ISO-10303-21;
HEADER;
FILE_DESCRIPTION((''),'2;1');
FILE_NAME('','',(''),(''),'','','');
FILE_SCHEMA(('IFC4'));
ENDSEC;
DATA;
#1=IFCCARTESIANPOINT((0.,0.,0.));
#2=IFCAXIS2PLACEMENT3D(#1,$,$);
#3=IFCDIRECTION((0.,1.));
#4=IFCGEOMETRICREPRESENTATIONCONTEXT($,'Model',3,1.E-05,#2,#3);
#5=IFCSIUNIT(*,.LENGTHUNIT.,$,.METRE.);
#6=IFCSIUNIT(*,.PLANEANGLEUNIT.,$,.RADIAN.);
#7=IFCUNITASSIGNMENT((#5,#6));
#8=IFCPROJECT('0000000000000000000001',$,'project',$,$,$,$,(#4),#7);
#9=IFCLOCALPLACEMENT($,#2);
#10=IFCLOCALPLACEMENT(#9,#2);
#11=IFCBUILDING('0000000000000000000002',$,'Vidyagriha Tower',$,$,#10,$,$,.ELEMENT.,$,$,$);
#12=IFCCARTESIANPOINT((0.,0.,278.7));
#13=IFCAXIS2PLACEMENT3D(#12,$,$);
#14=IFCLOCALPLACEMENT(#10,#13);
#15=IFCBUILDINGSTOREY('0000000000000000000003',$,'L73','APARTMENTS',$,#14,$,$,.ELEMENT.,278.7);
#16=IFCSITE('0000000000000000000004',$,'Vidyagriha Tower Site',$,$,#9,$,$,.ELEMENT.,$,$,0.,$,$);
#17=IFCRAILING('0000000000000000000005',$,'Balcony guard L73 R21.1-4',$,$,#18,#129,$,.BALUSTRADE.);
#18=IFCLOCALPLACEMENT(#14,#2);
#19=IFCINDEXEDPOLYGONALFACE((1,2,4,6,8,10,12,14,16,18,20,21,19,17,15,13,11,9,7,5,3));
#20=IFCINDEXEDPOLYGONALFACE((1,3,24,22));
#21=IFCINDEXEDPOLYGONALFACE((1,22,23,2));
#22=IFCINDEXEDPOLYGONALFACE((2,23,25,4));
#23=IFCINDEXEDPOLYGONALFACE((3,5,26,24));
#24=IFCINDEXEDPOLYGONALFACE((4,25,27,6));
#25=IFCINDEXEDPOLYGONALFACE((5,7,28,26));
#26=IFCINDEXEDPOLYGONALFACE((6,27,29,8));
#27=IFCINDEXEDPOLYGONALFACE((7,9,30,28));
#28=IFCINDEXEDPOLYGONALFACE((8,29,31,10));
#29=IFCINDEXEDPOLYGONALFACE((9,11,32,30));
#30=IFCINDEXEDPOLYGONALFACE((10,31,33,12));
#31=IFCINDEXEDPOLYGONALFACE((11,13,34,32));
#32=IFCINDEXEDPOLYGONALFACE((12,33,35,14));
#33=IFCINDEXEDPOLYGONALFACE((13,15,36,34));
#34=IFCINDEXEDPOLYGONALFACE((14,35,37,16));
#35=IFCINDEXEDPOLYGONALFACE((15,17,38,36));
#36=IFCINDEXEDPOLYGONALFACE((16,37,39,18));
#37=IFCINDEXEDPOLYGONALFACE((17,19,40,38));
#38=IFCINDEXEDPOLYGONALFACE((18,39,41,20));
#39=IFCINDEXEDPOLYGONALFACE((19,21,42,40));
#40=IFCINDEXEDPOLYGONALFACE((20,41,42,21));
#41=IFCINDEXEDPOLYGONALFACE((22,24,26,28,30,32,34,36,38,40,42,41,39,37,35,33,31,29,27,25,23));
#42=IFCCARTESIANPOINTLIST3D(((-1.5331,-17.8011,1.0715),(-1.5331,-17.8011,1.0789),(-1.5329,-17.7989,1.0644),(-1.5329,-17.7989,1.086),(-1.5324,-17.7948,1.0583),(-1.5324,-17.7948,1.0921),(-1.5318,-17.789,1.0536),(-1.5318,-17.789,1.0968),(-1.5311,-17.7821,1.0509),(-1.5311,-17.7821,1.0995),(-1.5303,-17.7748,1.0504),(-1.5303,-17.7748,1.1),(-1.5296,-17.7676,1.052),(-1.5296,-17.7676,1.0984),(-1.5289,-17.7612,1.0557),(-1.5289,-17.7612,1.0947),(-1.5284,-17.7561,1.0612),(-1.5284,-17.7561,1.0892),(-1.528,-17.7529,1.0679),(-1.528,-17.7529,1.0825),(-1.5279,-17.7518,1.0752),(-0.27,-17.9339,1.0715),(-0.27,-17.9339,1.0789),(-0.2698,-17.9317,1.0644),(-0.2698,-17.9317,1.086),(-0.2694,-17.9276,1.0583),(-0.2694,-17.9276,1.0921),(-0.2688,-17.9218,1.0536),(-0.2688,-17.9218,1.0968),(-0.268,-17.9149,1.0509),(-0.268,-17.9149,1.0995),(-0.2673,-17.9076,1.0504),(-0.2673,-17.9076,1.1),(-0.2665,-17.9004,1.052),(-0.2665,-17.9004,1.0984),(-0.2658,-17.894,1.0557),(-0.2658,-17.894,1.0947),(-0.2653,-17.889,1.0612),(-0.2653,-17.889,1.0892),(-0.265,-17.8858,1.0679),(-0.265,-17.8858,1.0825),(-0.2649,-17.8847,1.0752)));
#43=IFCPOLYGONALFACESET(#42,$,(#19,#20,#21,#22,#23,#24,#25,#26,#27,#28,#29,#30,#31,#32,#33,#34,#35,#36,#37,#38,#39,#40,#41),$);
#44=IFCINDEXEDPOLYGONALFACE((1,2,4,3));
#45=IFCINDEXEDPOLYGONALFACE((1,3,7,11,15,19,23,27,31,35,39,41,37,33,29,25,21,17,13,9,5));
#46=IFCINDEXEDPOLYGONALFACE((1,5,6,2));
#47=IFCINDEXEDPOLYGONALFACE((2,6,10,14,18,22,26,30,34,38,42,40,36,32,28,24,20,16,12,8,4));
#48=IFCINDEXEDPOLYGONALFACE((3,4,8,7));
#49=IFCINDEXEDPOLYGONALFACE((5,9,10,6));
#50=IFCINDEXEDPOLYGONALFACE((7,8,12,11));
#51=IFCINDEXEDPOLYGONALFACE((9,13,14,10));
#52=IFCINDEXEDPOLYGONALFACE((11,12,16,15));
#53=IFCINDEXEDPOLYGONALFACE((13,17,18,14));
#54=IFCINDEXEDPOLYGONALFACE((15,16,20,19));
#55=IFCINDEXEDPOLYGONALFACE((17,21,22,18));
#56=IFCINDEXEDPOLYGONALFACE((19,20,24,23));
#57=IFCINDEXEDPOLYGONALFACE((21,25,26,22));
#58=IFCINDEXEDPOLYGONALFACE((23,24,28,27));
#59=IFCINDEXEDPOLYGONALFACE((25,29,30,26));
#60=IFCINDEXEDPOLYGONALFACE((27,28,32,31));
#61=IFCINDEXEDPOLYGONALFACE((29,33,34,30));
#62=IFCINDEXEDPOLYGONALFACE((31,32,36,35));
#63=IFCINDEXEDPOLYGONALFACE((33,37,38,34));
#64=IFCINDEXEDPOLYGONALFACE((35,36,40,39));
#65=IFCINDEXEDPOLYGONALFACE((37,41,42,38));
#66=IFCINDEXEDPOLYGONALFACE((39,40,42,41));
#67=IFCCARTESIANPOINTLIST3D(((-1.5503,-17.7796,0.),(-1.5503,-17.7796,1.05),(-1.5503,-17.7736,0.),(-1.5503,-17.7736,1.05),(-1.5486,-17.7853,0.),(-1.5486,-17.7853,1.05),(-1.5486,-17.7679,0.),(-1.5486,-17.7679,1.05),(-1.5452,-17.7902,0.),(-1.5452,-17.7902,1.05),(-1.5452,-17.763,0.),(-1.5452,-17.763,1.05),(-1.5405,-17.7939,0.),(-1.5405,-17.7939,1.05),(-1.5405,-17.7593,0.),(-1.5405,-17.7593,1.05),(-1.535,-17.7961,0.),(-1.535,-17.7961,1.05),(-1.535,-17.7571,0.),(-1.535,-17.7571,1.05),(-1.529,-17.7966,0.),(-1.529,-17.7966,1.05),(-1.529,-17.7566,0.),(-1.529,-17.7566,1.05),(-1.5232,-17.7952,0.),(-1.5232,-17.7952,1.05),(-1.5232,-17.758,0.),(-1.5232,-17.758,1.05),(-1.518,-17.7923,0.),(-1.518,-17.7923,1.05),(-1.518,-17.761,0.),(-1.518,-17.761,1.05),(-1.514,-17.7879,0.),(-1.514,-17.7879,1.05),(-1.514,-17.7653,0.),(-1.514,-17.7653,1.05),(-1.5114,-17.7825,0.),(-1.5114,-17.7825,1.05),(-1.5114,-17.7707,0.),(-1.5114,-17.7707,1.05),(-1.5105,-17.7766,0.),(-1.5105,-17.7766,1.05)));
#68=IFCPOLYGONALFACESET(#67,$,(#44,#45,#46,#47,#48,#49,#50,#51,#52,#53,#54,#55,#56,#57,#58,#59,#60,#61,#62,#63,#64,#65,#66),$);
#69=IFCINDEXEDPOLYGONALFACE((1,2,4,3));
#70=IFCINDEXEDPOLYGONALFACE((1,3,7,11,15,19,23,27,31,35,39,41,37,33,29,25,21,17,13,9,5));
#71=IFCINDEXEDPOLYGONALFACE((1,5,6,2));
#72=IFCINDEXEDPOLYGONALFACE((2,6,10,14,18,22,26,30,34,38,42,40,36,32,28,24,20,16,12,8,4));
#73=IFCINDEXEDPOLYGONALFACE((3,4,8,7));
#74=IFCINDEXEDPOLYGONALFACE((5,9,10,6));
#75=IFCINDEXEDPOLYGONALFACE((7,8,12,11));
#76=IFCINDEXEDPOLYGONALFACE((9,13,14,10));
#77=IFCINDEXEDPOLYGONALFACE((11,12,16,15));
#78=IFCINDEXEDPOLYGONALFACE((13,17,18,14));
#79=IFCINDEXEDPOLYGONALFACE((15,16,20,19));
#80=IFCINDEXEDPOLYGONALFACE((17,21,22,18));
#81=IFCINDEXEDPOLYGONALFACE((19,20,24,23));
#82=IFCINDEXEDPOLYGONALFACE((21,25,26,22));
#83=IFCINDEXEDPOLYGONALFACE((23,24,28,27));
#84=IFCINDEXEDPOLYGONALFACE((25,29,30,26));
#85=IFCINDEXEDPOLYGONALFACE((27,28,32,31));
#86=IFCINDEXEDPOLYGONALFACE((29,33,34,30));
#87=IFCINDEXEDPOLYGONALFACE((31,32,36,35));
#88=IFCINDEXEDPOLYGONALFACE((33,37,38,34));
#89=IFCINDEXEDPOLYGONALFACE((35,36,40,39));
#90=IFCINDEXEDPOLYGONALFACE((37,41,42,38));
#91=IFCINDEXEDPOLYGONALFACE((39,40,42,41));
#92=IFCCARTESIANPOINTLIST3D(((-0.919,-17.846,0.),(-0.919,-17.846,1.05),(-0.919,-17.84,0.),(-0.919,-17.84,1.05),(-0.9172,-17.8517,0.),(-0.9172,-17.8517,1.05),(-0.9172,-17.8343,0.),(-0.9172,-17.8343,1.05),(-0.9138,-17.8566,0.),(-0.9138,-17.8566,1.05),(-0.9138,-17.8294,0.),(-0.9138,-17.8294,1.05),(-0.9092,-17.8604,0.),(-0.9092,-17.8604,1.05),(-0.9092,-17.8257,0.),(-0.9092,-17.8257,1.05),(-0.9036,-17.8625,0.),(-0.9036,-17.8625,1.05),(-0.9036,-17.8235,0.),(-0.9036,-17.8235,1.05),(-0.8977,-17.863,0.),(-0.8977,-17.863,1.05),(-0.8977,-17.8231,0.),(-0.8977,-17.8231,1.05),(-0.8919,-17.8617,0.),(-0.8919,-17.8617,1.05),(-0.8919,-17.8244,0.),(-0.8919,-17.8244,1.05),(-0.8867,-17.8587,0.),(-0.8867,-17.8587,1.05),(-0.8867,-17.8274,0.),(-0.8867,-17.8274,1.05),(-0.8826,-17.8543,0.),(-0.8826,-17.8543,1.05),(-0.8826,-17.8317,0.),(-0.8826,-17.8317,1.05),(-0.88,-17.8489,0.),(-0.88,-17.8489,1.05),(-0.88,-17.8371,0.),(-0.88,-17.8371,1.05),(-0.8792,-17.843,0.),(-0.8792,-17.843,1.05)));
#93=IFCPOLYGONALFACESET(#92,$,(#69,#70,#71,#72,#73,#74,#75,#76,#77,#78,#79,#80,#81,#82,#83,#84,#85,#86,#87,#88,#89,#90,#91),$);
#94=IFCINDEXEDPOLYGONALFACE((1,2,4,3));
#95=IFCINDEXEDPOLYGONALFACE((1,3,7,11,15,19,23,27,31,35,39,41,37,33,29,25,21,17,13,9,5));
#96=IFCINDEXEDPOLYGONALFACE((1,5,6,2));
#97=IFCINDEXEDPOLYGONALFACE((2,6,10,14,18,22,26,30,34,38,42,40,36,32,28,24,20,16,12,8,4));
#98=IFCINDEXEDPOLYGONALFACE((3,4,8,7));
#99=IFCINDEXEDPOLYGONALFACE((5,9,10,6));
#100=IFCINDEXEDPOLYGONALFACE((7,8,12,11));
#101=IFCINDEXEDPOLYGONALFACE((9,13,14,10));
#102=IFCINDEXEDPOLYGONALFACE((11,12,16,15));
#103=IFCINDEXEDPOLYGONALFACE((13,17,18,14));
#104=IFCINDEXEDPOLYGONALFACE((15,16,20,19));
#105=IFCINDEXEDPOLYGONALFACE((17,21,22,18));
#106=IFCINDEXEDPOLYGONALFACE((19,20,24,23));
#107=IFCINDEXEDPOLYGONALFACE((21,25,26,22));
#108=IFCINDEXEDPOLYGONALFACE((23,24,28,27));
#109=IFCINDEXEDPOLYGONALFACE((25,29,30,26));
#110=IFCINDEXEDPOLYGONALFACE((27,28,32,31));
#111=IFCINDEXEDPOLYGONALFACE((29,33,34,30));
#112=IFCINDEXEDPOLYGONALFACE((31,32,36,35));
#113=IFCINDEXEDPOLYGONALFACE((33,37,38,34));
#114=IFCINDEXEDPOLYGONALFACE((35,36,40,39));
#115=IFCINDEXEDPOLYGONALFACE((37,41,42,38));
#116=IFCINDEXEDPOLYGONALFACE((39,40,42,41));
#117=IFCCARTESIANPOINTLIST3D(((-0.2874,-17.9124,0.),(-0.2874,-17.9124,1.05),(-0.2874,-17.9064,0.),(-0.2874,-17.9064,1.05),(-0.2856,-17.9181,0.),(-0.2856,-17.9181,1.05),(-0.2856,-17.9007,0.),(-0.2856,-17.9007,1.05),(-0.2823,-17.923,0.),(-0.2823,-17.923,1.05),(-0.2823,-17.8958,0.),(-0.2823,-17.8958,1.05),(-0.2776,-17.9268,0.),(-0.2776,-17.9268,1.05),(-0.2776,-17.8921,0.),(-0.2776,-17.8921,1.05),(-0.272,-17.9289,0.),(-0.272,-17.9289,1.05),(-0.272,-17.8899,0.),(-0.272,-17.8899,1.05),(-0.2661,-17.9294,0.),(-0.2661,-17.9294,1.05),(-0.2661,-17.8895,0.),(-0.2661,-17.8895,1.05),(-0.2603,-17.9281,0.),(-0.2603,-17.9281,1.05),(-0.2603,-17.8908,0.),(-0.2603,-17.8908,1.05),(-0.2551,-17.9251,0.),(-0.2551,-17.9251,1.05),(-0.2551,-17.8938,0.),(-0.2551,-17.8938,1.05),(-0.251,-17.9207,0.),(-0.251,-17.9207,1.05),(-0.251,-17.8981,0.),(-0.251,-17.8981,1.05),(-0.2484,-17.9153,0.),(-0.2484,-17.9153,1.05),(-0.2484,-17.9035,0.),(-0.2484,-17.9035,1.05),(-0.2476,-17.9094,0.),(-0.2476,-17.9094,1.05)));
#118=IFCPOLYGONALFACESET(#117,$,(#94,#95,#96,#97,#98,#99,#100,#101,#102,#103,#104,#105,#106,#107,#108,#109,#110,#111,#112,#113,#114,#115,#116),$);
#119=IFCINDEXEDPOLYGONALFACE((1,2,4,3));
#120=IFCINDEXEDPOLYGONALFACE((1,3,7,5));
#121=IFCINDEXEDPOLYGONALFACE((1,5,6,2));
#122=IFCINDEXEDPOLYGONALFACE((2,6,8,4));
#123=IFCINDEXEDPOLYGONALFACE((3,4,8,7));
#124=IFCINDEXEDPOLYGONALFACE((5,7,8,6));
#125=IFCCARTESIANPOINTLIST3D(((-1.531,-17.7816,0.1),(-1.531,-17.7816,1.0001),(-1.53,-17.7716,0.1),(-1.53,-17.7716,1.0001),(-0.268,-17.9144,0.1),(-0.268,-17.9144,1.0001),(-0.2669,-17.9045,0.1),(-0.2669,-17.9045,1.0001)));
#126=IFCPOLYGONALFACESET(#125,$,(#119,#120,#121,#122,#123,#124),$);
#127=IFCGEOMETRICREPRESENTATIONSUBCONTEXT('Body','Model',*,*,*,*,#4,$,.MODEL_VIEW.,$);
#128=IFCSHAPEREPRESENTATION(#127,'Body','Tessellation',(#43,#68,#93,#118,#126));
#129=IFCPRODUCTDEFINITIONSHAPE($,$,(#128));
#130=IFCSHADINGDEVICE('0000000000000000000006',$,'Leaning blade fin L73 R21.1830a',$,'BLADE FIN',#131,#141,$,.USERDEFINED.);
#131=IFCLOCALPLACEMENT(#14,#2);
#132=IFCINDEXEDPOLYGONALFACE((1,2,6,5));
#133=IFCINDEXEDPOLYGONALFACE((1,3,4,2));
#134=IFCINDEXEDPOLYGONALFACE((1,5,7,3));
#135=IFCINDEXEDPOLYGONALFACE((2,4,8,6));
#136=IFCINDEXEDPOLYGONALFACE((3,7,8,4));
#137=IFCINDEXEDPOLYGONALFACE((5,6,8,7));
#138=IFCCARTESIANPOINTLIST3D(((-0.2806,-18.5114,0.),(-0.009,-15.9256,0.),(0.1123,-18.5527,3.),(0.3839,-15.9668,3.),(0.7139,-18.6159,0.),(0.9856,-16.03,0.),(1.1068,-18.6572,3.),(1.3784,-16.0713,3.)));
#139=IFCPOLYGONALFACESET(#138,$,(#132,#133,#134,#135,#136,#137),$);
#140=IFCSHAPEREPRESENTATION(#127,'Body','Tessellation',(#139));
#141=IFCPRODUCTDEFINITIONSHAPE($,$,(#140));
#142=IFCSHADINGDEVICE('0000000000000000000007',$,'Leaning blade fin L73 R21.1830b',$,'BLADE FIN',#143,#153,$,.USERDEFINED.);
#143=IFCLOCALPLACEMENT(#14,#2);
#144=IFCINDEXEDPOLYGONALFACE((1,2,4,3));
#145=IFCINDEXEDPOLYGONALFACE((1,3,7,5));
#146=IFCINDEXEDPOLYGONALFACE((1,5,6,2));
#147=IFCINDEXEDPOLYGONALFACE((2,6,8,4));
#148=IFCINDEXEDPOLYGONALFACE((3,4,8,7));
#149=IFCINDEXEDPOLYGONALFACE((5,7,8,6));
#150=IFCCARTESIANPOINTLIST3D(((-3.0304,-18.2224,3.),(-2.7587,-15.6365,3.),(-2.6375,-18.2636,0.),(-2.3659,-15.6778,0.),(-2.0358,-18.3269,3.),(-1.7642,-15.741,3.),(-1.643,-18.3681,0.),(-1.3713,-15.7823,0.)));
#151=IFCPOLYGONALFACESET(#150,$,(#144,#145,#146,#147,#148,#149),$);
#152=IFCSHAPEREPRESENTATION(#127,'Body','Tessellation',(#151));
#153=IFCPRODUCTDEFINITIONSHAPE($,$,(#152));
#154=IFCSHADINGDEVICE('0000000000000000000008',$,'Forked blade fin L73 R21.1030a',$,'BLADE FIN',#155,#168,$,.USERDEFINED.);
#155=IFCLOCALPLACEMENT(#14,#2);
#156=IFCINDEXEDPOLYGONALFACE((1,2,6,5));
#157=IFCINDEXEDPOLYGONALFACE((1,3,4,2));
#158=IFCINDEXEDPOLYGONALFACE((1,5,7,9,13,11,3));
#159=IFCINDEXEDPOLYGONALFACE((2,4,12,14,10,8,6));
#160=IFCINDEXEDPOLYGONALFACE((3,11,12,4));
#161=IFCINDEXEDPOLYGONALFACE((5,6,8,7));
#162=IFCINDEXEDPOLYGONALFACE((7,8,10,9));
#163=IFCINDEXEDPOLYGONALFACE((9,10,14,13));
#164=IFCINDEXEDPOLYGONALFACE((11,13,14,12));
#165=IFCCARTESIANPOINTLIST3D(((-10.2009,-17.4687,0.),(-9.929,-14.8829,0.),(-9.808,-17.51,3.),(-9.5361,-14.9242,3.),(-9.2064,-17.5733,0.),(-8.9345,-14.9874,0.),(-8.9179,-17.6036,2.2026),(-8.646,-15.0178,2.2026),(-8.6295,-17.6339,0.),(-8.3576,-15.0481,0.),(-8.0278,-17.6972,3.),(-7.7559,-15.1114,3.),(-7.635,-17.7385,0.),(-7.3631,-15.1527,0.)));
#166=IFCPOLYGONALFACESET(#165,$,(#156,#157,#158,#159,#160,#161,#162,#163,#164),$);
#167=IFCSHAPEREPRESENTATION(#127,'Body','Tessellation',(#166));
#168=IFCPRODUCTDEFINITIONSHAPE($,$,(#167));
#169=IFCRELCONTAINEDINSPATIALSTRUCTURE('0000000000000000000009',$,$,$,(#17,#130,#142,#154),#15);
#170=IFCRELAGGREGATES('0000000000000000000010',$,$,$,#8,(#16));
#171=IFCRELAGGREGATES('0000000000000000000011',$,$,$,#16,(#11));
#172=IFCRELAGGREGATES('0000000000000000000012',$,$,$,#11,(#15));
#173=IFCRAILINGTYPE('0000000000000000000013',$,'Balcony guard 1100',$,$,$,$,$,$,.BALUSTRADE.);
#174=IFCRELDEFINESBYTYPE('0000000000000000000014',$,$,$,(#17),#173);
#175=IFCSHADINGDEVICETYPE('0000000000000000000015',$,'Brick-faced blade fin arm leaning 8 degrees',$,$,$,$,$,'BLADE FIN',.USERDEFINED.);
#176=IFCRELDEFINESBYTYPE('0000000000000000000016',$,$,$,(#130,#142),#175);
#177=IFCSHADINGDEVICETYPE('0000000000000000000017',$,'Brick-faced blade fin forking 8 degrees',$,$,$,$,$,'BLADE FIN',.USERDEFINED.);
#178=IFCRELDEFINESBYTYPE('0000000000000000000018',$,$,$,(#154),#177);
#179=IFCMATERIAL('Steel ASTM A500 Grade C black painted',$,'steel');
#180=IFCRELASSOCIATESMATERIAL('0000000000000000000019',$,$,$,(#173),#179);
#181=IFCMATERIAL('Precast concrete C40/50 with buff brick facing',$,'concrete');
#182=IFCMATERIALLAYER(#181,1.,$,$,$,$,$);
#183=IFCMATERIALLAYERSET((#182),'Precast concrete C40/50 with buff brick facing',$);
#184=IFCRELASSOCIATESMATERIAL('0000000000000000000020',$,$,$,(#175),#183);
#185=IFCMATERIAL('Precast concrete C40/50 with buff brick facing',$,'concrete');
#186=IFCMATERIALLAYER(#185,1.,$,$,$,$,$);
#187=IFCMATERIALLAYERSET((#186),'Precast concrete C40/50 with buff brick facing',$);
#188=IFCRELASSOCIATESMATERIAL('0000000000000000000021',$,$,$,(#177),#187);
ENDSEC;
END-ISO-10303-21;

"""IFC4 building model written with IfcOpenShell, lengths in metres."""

from ifc_helpers import new_model, si_unit, direction, frame, origin, origin_2d, place, context, subcontext, project, spatial, polyline, rectangle, circle, outline, extrude, material, layer, layer_set, type_object, element, save


model = new_model("IFC4")

# Units and contexts
model_context = context("Model", 3, precision=1e-05, world=origin(), true_north=direction((0.0, 1.0)))
body_context = subcontext(model_context, "Body", "Model", "MODEL_VIEW")
ifc_project = project(units=[si_unit("LENGTHUNIT", "METRE"), si_unit("PLANEANGLEUNIT", "RADIAN")], contexts=[model_context])

# Site, building, storey
site_placement = place(None, origin())
site = spatial("IfcSite", under=ifc_project, at=site_placement, Name="Vidyagriha Tower Site", CompositionType="ELEMENT", RefElevation=0.0)
building_placement = place(site_placement, origin())
building = spatial("IfcBuilding", under=site, at=building_placement, Name="Vidyagriha Tower", CompositionType="ELEMENT")
storey_placement = place(building_placement, frame((0.0, 0.0, 278.7)))
storey = spatial("IfcBuildingStorey", under=building, at=storey_placement, Name="L73", Description="APARTMENTS", CompositionType="ELEMENT", Elevation=278.7)

# Railing
ifc_material_1 = material(Name="Steel ASTM A500 Grade C black painted", Category="steel")
railing_type = type_object("IfcRailingType", Name="Balcony guard 1100", PredefinedType="BALUSTRADE", material=ifc_material_1)
railing_1_placement = place(storey_placement, frame((-1.5305, -17.7766, 0.0)))
element("IfcRailing", 1, at=railing_1_placement, inside=storey, type_object=railing_type, Name="Balcony guard L73 R21.1-4", PredefinedType="BALUSTRADE", context=body_context, shape_type="SweptSolid", body=[
    extrude(circle(Radius=0.0249, at=origin_2d()), frame((0.0, 0.0, 1.0752), z_axis=(0.994516, -0.104585, 0.0), x_axis=(0.104585, 0.994516, 0.0)), (0.0, 0.0, 1.0), 1.27),
    extrude(circle(Radius=0.02, at=origin_2d()), origin(), (0.0, 0.0, 1.0), 1.05),
    extrude(circle(Radius=0.02, at=origin_2d()), frame((0.6313, -0.0664, 0.0)), (0.0, 0.0, 1.0), 1.05),
    extrude(circle(Radius=0.02, at=origin_2d()), frame((1.2629, -0.1328, 0.0)), (0.0, 0.0, 1.0), 1.05),
    extrude(rectangle(XDim=0.01, YDim=0.9001, at=origin_2d()), frame((0.0, 0.0, 0.55), z_axis=(0.994516, -0.104585, 0.0), x_axis=(0.104585, 0.994516, 0.0)), (0.0, 0.0, 1.0), 1.27),
])

# Shading devices
ifc_material_2 = material(Name="Precast concrete C40/50 with buff brick facing", Category="concrete")
ifc_layer_1 = layer(ifc_material_2, 1.0)
ifc_layer_set_1 = layer_set([ifc_layer_1], Name="Precast concrete C40/50 with buff brick facing")
shading_device_type_1 = type_object("IfcShadingDeviceType", Name="Brick-faced blade fin arm leaning 8 degrees", ElementType="BLADE FIN", PredefinedType="USERDEFINED", material=ifc_layer_set_1)
shading_device_1_placement = place(storey_placement, frame((-0.1448, -17.2185, 0.0), z_axis=(0.0, 0.0, 1.0), x_axis=(0.994527, -0.104475, 0.0)))
element("IfcShadingDevice", 2, at=shading_device_1_placement, inside=storey, type_object=shading_device_type_1, Name="Leaning blade fin L73 R21.1830a", ObjectType="BLADE FIN", PredefinedType="USERDEFINED", context=body_context, shape_type="SweptSolid", body=[
    extrude(outline(polyline([(0.0, 0.0), (1.0, 0.0), (1.395, 3.0), (0.395, 3.0), (0.0, 0.0)])), frame((0.0, 1.3, 0.0), z_axis=(0.0, -1.0, 0.0), x_axis=(1.0, 0.0, 0.0)), (0.0, 0.0, 1.0), 2.6001),
])
shading_device_2_placement = place(storey_placement, frame((-2.8945, -16.9294, 0.0), z_axis=(0.0, 0.0, 1.0), x_axis=(0.994527, -0.104475, 0.0)))
element("IfcShadingDevice", 3, at=shading_device_2_placement, inside=storey, type_object=shading_device_type_1, Name="Leaning blade fin L73 R21.1830b", ObjectType="BLADE FIN", PredefinedType="USERDEFINED", context=body_context, shape_type="SweptSolid", body=[
    extrude(outline(polyline([(0.395, 0.0), (1.395, 0.0), (1.0, 3.0), (0.0, 3.0), (0.395, 0.0)])), frame((0.0, 1.3, 0.0), z_axis=(0.0, -1.0, 0.0), x_axis=(1.0, 0.0, 0.0)), (0.0, 0.0, 1.0), 2.6001),
])
ifc_material_3 = material(Name="Precast concrete C40/50 with buff brick facing", Category="concrete")
ifc_layer_2 = layer(ifc_material_3, 1.0)
ifc_layer_set_2 = layer_set([ifc_layer_2], Name="Precast concrete C40/50 with buff brick facing")
shading_device_type_2 = type_object("IfcShadingDeviceType", Name="Brick-faced blade fin forking 8 degrees", ElementType="BLADE FIN", PredefinedType="USERDEFINED", material=ifc_layer_set_2)
shading_device_3_placement = place(storey_placement, frame((-10.0649, -16.1758, 0.0), z_axis=(0.0, 0.0, 1.0), x_axis=(0.994517, -0.104571, 0.0)))
element("IfcShadingDevice", 4, at=shading_device_3_placement, inside=storey, type_object=shading_device_type_2, Name="Forked blade fin L73 R21.1030a", ObjectType="BLADE FIN", PredefinedType="USERDEFINED", context=body_context, shape_type="SweptSolid", body=[
    extrude(outline(polyline([(1.0, 0.0), (1.29, 2.2026), (1.5801, 0.0), (2.5801, 0.0), (2.1851, 3.0), (0.395, 3.0), (0.0, 0.0), (1.0, 0.0)])), frame((0.0, 1.3, 0.0), z_axis=(0.0, -1.0, 0.0), x_axis=(1.0, 0.0, 0.0)), (0.0, 0.0, 1.0), 2.6001),
])

save(model, "model.ifc")
